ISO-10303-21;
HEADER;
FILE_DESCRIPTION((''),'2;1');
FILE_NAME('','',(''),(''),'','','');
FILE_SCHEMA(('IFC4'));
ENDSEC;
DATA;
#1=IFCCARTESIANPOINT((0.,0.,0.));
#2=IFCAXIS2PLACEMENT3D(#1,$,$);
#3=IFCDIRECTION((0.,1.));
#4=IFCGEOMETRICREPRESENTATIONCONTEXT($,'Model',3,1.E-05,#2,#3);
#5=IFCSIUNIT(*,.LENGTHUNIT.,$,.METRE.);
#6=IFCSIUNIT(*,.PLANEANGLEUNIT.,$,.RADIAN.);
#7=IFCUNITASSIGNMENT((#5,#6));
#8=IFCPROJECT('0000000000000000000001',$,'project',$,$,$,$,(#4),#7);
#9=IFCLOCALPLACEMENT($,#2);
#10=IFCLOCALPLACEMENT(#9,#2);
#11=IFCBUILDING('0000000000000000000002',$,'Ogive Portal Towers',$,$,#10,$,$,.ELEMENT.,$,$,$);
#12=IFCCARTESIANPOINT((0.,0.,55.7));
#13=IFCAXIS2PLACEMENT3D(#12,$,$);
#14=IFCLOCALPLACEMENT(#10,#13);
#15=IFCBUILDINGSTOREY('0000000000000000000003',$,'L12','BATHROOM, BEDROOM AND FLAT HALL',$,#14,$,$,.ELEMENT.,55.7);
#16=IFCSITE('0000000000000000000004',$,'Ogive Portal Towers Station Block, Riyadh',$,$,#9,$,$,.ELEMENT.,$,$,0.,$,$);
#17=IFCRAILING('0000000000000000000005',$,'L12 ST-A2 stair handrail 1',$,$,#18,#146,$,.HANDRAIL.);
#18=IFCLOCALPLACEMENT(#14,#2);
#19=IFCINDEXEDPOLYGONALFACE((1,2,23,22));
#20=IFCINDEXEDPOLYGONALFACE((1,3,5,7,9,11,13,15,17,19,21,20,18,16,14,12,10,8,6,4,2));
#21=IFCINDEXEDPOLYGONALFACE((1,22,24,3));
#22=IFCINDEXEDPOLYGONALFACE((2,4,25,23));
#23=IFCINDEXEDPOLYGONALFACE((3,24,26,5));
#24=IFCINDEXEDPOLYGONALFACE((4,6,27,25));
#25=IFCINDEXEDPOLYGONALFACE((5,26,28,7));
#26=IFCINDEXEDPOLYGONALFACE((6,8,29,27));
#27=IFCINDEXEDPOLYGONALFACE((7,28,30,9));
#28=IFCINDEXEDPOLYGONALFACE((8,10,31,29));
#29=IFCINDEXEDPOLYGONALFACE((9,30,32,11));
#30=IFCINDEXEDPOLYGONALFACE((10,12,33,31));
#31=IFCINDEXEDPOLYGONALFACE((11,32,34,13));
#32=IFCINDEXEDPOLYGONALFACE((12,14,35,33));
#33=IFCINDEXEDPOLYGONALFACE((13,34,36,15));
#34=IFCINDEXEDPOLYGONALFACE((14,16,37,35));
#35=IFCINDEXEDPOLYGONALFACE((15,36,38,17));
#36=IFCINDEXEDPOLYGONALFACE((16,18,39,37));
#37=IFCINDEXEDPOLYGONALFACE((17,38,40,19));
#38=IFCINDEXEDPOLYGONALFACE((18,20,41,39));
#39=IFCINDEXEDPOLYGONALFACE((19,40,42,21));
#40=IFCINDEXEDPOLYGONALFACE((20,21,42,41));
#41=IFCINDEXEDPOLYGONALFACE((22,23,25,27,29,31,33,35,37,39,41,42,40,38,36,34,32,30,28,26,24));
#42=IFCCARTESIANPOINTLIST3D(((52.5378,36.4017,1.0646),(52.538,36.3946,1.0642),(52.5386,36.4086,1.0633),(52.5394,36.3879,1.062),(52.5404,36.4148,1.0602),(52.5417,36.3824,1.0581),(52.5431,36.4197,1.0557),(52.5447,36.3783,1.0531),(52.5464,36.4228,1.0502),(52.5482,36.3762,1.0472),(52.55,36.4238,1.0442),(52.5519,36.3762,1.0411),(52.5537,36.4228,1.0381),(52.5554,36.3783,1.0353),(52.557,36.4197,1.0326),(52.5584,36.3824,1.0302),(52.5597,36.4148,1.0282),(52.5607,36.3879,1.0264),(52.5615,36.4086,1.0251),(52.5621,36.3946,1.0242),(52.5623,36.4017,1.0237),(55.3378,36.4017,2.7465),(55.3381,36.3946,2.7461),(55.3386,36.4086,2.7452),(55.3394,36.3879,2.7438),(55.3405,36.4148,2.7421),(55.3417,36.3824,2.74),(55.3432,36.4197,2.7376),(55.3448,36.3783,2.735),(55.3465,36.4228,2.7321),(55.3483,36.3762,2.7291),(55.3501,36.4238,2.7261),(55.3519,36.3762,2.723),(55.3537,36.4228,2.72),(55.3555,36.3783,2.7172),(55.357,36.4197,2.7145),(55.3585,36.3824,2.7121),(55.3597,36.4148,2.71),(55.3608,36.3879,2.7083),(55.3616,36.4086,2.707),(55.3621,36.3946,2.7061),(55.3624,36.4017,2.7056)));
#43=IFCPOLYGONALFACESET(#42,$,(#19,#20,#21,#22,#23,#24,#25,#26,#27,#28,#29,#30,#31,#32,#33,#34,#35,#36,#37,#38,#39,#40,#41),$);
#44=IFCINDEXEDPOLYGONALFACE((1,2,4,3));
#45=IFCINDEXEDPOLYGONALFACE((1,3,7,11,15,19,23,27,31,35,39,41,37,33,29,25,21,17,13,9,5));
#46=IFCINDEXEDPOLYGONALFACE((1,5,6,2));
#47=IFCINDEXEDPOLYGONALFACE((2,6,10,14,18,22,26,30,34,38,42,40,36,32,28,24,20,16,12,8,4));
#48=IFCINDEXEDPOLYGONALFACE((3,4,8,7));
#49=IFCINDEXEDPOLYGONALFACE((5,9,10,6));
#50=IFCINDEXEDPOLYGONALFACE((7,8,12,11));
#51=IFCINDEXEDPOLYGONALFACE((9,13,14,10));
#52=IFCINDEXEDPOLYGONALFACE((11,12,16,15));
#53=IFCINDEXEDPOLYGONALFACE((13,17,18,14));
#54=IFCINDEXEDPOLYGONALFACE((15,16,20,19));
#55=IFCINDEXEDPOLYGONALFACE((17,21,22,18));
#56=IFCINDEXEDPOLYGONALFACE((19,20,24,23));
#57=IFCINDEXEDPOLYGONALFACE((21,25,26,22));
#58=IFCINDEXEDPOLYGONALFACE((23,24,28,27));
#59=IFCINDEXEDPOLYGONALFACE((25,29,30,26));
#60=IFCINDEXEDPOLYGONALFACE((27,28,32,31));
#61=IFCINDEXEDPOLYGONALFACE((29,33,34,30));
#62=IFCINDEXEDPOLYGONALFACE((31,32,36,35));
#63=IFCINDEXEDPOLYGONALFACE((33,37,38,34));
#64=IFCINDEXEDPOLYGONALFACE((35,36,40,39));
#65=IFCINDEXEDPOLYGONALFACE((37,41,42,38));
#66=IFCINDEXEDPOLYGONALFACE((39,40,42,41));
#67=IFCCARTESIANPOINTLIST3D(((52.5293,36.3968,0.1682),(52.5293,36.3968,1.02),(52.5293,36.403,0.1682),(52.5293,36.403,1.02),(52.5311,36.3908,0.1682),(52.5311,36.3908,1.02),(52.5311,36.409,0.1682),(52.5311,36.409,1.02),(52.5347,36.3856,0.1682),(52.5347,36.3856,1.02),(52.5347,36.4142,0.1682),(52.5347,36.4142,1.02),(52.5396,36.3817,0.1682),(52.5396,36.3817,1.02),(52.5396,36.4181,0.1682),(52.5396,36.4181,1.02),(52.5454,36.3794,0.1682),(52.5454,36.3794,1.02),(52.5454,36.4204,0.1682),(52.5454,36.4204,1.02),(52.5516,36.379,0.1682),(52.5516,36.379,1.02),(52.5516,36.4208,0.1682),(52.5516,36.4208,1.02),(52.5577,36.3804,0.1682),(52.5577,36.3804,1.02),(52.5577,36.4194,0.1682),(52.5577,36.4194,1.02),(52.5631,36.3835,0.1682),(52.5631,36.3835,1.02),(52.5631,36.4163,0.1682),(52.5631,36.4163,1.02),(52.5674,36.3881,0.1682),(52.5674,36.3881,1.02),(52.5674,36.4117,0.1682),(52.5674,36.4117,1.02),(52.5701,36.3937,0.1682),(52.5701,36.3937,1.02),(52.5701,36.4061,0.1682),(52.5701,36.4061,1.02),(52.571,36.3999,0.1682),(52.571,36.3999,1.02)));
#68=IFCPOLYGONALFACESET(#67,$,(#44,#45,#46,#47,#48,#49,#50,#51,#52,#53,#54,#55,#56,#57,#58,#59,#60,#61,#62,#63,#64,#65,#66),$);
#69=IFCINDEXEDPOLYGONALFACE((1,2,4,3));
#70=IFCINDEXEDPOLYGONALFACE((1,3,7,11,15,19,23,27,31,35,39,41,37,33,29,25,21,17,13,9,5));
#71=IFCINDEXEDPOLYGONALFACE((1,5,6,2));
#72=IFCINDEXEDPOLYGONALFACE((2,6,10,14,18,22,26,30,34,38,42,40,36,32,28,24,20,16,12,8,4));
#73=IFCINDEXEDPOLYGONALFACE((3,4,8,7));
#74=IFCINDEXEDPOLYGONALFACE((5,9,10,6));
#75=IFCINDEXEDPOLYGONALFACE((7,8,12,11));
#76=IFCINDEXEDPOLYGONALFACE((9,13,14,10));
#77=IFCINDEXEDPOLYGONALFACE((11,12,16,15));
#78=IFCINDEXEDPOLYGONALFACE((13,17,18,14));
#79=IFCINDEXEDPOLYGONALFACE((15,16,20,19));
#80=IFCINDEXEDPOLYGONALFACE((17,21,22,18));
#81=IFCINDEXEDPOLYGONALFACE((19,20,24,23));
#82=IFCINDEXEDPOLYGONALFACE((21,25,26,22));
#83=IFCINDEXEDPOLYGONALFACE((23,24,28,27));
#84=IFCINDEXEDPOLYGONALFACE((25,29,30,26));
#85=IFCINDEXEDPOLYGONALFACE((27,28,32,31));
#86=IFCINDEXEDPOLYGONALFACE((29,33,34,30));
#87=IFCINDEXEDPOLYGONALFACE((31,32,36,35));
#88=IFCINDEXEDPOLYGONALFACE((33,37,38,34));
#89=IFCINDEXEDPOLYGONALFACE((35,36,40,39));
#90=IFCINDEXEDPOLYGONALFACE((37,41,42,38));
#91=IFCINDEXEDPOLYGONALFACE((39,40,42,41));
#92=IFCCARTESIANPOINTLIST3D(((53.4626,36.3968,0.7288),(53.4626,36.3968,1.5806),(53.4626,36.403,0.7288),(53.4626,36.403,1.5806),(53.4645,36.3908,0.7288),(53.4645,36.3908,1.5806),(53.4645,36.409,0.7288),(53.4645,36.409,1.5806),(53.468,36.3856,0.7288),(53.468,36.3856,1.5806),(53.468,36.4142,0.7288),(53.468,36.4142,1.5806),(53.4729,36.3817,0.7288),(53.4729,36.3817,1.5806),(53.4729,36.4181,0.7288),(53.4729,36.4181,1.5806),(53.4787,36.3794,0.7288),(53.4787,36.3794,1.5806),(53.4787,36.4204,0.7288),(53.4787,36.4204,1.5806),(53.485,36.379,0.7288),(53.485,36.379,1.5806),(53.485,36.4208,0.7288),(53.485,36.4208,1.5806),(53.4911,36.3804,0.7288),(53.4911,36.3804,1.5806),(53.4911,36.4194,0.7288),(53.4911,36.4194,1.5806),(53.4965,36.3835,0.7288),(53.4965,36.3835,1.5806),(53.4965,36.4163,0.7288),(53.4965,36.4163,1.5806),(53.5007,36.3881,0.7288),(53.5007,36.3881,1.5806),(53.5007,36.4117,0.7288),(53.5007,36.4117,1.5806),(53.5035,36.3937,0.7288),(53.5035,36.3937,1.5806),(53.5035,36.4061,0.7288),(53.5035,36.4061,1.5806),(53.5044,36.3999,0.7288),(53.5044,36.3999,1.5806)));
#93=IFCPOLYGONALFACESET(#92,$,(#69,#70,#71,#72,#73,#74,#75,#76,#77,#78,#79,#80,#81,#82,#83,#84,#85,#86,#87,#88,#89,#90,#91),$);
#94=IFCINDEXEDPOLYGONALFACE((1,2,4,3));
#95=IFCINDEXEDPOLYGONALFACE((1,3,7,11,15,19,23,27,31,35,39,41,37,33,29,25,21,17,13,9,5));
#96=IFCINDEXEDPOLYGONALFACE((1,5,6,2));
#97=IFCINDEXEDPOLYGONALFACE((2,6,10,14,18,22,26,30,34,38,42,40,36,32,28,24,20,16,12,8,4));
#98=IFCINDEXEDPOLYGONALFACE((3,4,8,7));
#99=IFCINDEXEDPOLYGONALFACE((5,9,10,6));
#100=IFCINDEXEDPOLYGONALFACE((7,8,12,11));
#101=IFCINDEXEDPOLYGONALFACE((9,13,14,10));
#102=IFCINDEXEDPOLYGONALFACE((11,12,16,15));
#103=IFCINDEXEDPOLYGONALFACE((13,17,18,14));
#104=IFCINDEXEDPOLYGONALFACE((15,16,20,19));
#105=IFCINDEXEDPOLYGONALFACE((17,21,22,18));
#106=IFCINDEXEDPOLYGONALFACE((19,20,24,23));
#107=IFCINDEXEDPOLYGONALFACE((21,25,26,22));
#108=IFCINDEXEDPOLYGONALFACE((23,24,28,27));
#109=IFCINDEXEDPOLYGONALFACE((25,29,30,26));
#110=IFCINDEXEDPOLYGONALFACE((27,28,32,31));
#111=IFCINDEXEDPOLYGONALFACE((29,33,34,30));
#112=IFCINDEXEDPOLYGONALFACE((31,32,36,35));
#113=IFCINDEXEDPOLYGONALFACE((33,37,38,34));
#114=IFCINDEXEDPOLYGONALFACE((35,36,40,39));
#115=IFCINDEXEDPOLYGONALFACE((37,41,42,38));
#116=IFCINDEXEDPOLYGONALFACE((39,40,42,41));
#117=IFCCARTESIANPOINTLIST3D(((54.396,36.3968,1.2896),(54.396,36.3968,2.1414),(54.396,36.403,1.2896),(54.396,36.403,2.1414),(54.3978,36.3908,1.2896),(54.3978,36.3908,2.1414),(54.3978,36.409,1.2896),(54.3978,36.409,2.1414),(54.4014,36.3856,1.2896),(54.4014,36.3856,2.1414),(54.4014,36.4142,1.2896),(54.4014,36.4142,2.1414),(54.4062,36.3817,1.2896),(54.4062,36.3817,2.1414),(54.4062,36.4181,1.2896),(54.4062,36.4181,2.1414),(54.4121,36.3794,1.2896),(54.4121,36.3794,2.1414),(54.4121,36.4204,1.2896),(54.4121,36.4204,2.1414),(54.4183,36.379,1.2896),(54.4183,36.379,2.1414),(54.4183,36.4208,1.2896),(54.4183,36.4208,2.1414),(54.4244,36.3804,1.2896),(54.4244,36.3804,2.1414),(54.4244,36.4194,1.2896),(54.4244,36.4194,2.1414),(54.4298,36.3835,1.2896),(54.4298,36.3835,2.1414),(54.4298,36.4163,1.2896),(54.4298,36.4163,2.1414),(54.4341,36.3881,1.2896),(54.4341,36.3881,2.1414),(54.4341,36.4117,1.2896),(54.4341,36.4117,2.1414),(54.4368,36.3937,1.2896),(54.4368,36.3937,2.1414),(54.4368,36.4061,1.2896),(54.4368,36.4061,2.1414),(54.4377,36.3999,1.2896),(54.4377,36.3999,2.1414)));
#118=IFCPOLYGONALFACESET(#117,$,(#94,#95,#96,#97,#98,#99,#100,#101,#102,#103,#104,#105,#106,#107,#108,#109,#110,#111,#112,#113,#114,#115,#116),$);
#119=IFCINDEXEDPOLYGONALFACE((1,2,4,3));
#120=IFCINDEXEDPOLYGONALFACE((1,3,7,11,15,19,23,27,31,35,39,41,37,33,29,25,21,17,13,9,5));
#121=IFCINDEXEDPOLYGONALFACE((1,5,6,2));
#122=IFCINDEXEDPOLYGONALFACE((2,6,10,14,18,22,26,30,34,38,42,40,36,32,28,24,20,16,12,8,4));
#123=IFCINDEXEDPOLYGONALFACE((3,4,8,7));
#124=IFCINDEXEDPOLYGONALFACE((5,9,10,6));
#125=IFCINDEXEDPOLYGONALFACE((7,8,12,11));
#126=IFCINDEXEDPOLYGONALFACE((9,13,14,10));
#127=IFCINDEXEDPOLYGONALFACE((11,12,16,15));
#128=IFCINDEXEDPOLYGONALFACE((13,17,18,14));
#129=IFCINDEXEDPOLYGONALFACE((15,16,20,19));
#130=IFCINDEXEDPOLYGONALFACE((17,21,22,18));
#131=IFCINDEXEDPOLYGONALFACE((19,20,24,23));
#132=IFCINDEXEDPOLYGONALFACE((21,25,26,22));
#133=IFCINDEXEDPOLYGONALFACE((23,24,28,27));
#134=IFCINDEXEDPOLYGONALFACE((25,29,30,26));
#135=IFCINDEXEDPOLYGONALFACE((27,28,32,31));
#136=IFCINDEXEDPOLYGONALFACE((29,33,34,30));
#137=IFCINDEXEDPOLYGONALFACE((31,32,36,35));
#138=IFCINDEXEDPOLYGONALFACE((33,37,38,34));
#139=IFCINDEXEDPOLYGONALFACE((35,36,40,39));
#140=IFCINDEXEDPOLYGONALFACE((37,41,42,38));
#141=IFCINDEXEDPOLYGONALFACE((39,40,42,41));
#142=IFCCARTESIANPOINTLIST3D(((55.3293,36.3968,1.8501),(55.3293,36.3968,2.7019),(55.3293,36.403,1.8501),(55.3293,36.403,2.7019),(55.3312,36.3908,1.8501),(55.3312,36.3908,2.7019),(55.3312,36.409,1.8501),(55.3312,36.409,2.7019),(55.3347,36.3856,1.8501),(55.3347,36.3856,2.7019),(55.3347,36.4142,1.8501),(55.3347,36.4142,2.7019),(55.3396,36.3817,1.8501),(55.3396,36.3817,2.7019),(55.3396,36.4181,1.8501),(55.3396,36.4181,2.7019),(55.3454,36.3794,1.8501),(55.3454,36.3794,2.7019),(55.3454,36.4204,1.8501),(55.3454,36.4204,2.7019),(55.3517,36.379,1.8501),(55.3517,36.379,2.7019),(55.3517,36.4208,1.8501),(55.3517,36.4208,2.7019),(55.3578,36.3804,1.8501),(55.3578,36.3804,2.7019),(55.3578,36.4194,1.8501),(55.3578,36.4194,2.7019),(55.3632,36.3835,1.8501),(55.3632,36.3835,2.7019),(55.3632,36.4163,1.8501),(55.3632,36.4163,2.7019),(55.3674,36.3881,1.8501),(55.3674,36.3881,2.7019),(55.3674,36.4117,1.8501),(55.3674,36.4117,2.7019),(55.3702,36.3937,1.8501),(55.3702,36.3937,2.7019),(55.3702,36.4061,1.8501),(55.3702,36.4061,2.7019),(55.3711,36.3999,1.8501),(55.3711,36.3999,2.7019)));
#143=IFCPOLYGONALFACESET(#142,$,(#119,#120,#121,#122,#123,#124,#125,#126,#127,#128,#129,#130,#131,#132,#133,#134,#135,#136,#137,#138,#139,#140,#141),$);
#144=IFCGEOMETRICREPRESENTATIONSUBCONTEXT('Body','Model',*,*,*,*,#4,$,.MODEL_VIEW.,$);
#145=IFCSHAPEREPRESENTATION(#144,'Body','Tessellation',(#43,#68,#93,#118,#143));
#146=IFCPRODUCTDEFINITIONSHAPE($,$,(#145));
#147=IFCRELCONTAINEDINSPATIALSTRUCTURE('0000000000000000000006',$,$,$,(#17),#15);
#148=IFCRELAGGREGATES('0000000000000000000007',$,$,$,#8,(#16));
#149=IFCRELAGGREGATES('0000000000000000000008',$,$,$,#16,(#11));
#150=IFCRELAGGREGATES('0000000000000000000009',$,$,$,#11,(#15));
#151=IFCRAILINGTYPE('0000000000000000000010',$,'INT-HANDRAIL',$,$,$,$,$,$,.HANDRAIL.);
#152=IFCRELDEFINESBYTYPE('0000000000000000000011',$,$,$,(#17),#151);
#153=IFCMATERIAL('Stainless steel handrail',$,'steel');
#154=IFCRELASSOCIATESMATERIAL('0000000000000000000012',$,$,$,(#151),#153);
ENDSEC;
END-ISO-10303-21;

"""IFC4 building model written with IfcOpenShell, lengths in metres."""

from ifc_helpers import new_model, si_unit, direction, frame, origin, origin_2d, place, context, subcontext, project, spatial, circle, extrude, material, type_object, element, save


model = new_model("IFC4")

# Units and contexts
model_context = context("Model", 3, precision=1e-05, world=origin(), true_north=direction((0.0, 1.0)))
body_context = subcontext(model_context, "Body", "Model", "MODEL_VIEW")
ifc_project = project(units=[si_unit("LENGTHUNIT", "METRE"), si_unit("PLANEANGLEUNIT", "RADIAN")], contexts=[model_context])

# Site, building, storey
site_placement = place(None, origin())
site = spatial("IfcSite", under=ifc_project, at=site_placement, Name="Ogive Portal Towers Station Block, Riyadh", CompositionType="ELEMENT", RefElevation=0.0)
building_placement = place(site_placement, origin())
building = spatial("IfcBuilding", under=site, at=building_placement, Name="Ogive Portal Towers", CompositionType="ELEMENT")
storey_placement = place(building_placement, frame((0.0, 0.0, 55.7)))
storey = spatial("IfcBuildingStorey", under=building, at=storey_placement, Name="L12", Description="BATHROOM, BEDROOM AND FLAT HALL", CompositionType="ELEMENT", Elevation=55.7)

# Railing
ifc_material_1 = material(Name="Stainless steel handrail", Category="steel")
railing_type_1 = type_object("IfcRailingType", Name="INT-HANDRAIL", PredefinedType="HANDRAIL", material=ifc_material_1)
railing_1_placement = place(storey_placement, frame((52.55, 36.3999, 0.1682)))
element("IfcRailing", 1, at=railing_1_placement, inside=storey, type_object=railing_type_1, Name="L12 ST-A2 stair handrail 1", PredefinedType="HANDRAIL", context=body_context, shape_type="SweptSolid", body=[
    extrude(circle(Radius=0.0239, at=origin_2d()), frame((0.0, 0.0, 0.876), z_axis=(0.857242, 0.0, 0.514913), x_axis=(0.0, 1.0, 0.0)), (0.0, 0.0, 1.0), 3.2664),
    extrude(circle(Radius=0.021, at=origin_2d()), origin(), (0.0, 0.0, 1.0), 0.8518),
    extrude(circle(Radius=0.021, at=origin_2d()), frame((0.9333, 0.0, 0.5605)), (0.0, 0.0, 1.0), 0.8518),
    extrude(circle(Radius=0.021, at=origin_2d()), frame((1.8667, 0.0, 1.1213)), (0.0, 0.0, 1.0), 0.8518),
    extrude(circle(Radius=0.021, at=origin_2d()), frame((2.8, 0.0, 1.6819)), (0.0, 0.0, 1.0), 0.8518),
])

save(model, "model.ifc")
